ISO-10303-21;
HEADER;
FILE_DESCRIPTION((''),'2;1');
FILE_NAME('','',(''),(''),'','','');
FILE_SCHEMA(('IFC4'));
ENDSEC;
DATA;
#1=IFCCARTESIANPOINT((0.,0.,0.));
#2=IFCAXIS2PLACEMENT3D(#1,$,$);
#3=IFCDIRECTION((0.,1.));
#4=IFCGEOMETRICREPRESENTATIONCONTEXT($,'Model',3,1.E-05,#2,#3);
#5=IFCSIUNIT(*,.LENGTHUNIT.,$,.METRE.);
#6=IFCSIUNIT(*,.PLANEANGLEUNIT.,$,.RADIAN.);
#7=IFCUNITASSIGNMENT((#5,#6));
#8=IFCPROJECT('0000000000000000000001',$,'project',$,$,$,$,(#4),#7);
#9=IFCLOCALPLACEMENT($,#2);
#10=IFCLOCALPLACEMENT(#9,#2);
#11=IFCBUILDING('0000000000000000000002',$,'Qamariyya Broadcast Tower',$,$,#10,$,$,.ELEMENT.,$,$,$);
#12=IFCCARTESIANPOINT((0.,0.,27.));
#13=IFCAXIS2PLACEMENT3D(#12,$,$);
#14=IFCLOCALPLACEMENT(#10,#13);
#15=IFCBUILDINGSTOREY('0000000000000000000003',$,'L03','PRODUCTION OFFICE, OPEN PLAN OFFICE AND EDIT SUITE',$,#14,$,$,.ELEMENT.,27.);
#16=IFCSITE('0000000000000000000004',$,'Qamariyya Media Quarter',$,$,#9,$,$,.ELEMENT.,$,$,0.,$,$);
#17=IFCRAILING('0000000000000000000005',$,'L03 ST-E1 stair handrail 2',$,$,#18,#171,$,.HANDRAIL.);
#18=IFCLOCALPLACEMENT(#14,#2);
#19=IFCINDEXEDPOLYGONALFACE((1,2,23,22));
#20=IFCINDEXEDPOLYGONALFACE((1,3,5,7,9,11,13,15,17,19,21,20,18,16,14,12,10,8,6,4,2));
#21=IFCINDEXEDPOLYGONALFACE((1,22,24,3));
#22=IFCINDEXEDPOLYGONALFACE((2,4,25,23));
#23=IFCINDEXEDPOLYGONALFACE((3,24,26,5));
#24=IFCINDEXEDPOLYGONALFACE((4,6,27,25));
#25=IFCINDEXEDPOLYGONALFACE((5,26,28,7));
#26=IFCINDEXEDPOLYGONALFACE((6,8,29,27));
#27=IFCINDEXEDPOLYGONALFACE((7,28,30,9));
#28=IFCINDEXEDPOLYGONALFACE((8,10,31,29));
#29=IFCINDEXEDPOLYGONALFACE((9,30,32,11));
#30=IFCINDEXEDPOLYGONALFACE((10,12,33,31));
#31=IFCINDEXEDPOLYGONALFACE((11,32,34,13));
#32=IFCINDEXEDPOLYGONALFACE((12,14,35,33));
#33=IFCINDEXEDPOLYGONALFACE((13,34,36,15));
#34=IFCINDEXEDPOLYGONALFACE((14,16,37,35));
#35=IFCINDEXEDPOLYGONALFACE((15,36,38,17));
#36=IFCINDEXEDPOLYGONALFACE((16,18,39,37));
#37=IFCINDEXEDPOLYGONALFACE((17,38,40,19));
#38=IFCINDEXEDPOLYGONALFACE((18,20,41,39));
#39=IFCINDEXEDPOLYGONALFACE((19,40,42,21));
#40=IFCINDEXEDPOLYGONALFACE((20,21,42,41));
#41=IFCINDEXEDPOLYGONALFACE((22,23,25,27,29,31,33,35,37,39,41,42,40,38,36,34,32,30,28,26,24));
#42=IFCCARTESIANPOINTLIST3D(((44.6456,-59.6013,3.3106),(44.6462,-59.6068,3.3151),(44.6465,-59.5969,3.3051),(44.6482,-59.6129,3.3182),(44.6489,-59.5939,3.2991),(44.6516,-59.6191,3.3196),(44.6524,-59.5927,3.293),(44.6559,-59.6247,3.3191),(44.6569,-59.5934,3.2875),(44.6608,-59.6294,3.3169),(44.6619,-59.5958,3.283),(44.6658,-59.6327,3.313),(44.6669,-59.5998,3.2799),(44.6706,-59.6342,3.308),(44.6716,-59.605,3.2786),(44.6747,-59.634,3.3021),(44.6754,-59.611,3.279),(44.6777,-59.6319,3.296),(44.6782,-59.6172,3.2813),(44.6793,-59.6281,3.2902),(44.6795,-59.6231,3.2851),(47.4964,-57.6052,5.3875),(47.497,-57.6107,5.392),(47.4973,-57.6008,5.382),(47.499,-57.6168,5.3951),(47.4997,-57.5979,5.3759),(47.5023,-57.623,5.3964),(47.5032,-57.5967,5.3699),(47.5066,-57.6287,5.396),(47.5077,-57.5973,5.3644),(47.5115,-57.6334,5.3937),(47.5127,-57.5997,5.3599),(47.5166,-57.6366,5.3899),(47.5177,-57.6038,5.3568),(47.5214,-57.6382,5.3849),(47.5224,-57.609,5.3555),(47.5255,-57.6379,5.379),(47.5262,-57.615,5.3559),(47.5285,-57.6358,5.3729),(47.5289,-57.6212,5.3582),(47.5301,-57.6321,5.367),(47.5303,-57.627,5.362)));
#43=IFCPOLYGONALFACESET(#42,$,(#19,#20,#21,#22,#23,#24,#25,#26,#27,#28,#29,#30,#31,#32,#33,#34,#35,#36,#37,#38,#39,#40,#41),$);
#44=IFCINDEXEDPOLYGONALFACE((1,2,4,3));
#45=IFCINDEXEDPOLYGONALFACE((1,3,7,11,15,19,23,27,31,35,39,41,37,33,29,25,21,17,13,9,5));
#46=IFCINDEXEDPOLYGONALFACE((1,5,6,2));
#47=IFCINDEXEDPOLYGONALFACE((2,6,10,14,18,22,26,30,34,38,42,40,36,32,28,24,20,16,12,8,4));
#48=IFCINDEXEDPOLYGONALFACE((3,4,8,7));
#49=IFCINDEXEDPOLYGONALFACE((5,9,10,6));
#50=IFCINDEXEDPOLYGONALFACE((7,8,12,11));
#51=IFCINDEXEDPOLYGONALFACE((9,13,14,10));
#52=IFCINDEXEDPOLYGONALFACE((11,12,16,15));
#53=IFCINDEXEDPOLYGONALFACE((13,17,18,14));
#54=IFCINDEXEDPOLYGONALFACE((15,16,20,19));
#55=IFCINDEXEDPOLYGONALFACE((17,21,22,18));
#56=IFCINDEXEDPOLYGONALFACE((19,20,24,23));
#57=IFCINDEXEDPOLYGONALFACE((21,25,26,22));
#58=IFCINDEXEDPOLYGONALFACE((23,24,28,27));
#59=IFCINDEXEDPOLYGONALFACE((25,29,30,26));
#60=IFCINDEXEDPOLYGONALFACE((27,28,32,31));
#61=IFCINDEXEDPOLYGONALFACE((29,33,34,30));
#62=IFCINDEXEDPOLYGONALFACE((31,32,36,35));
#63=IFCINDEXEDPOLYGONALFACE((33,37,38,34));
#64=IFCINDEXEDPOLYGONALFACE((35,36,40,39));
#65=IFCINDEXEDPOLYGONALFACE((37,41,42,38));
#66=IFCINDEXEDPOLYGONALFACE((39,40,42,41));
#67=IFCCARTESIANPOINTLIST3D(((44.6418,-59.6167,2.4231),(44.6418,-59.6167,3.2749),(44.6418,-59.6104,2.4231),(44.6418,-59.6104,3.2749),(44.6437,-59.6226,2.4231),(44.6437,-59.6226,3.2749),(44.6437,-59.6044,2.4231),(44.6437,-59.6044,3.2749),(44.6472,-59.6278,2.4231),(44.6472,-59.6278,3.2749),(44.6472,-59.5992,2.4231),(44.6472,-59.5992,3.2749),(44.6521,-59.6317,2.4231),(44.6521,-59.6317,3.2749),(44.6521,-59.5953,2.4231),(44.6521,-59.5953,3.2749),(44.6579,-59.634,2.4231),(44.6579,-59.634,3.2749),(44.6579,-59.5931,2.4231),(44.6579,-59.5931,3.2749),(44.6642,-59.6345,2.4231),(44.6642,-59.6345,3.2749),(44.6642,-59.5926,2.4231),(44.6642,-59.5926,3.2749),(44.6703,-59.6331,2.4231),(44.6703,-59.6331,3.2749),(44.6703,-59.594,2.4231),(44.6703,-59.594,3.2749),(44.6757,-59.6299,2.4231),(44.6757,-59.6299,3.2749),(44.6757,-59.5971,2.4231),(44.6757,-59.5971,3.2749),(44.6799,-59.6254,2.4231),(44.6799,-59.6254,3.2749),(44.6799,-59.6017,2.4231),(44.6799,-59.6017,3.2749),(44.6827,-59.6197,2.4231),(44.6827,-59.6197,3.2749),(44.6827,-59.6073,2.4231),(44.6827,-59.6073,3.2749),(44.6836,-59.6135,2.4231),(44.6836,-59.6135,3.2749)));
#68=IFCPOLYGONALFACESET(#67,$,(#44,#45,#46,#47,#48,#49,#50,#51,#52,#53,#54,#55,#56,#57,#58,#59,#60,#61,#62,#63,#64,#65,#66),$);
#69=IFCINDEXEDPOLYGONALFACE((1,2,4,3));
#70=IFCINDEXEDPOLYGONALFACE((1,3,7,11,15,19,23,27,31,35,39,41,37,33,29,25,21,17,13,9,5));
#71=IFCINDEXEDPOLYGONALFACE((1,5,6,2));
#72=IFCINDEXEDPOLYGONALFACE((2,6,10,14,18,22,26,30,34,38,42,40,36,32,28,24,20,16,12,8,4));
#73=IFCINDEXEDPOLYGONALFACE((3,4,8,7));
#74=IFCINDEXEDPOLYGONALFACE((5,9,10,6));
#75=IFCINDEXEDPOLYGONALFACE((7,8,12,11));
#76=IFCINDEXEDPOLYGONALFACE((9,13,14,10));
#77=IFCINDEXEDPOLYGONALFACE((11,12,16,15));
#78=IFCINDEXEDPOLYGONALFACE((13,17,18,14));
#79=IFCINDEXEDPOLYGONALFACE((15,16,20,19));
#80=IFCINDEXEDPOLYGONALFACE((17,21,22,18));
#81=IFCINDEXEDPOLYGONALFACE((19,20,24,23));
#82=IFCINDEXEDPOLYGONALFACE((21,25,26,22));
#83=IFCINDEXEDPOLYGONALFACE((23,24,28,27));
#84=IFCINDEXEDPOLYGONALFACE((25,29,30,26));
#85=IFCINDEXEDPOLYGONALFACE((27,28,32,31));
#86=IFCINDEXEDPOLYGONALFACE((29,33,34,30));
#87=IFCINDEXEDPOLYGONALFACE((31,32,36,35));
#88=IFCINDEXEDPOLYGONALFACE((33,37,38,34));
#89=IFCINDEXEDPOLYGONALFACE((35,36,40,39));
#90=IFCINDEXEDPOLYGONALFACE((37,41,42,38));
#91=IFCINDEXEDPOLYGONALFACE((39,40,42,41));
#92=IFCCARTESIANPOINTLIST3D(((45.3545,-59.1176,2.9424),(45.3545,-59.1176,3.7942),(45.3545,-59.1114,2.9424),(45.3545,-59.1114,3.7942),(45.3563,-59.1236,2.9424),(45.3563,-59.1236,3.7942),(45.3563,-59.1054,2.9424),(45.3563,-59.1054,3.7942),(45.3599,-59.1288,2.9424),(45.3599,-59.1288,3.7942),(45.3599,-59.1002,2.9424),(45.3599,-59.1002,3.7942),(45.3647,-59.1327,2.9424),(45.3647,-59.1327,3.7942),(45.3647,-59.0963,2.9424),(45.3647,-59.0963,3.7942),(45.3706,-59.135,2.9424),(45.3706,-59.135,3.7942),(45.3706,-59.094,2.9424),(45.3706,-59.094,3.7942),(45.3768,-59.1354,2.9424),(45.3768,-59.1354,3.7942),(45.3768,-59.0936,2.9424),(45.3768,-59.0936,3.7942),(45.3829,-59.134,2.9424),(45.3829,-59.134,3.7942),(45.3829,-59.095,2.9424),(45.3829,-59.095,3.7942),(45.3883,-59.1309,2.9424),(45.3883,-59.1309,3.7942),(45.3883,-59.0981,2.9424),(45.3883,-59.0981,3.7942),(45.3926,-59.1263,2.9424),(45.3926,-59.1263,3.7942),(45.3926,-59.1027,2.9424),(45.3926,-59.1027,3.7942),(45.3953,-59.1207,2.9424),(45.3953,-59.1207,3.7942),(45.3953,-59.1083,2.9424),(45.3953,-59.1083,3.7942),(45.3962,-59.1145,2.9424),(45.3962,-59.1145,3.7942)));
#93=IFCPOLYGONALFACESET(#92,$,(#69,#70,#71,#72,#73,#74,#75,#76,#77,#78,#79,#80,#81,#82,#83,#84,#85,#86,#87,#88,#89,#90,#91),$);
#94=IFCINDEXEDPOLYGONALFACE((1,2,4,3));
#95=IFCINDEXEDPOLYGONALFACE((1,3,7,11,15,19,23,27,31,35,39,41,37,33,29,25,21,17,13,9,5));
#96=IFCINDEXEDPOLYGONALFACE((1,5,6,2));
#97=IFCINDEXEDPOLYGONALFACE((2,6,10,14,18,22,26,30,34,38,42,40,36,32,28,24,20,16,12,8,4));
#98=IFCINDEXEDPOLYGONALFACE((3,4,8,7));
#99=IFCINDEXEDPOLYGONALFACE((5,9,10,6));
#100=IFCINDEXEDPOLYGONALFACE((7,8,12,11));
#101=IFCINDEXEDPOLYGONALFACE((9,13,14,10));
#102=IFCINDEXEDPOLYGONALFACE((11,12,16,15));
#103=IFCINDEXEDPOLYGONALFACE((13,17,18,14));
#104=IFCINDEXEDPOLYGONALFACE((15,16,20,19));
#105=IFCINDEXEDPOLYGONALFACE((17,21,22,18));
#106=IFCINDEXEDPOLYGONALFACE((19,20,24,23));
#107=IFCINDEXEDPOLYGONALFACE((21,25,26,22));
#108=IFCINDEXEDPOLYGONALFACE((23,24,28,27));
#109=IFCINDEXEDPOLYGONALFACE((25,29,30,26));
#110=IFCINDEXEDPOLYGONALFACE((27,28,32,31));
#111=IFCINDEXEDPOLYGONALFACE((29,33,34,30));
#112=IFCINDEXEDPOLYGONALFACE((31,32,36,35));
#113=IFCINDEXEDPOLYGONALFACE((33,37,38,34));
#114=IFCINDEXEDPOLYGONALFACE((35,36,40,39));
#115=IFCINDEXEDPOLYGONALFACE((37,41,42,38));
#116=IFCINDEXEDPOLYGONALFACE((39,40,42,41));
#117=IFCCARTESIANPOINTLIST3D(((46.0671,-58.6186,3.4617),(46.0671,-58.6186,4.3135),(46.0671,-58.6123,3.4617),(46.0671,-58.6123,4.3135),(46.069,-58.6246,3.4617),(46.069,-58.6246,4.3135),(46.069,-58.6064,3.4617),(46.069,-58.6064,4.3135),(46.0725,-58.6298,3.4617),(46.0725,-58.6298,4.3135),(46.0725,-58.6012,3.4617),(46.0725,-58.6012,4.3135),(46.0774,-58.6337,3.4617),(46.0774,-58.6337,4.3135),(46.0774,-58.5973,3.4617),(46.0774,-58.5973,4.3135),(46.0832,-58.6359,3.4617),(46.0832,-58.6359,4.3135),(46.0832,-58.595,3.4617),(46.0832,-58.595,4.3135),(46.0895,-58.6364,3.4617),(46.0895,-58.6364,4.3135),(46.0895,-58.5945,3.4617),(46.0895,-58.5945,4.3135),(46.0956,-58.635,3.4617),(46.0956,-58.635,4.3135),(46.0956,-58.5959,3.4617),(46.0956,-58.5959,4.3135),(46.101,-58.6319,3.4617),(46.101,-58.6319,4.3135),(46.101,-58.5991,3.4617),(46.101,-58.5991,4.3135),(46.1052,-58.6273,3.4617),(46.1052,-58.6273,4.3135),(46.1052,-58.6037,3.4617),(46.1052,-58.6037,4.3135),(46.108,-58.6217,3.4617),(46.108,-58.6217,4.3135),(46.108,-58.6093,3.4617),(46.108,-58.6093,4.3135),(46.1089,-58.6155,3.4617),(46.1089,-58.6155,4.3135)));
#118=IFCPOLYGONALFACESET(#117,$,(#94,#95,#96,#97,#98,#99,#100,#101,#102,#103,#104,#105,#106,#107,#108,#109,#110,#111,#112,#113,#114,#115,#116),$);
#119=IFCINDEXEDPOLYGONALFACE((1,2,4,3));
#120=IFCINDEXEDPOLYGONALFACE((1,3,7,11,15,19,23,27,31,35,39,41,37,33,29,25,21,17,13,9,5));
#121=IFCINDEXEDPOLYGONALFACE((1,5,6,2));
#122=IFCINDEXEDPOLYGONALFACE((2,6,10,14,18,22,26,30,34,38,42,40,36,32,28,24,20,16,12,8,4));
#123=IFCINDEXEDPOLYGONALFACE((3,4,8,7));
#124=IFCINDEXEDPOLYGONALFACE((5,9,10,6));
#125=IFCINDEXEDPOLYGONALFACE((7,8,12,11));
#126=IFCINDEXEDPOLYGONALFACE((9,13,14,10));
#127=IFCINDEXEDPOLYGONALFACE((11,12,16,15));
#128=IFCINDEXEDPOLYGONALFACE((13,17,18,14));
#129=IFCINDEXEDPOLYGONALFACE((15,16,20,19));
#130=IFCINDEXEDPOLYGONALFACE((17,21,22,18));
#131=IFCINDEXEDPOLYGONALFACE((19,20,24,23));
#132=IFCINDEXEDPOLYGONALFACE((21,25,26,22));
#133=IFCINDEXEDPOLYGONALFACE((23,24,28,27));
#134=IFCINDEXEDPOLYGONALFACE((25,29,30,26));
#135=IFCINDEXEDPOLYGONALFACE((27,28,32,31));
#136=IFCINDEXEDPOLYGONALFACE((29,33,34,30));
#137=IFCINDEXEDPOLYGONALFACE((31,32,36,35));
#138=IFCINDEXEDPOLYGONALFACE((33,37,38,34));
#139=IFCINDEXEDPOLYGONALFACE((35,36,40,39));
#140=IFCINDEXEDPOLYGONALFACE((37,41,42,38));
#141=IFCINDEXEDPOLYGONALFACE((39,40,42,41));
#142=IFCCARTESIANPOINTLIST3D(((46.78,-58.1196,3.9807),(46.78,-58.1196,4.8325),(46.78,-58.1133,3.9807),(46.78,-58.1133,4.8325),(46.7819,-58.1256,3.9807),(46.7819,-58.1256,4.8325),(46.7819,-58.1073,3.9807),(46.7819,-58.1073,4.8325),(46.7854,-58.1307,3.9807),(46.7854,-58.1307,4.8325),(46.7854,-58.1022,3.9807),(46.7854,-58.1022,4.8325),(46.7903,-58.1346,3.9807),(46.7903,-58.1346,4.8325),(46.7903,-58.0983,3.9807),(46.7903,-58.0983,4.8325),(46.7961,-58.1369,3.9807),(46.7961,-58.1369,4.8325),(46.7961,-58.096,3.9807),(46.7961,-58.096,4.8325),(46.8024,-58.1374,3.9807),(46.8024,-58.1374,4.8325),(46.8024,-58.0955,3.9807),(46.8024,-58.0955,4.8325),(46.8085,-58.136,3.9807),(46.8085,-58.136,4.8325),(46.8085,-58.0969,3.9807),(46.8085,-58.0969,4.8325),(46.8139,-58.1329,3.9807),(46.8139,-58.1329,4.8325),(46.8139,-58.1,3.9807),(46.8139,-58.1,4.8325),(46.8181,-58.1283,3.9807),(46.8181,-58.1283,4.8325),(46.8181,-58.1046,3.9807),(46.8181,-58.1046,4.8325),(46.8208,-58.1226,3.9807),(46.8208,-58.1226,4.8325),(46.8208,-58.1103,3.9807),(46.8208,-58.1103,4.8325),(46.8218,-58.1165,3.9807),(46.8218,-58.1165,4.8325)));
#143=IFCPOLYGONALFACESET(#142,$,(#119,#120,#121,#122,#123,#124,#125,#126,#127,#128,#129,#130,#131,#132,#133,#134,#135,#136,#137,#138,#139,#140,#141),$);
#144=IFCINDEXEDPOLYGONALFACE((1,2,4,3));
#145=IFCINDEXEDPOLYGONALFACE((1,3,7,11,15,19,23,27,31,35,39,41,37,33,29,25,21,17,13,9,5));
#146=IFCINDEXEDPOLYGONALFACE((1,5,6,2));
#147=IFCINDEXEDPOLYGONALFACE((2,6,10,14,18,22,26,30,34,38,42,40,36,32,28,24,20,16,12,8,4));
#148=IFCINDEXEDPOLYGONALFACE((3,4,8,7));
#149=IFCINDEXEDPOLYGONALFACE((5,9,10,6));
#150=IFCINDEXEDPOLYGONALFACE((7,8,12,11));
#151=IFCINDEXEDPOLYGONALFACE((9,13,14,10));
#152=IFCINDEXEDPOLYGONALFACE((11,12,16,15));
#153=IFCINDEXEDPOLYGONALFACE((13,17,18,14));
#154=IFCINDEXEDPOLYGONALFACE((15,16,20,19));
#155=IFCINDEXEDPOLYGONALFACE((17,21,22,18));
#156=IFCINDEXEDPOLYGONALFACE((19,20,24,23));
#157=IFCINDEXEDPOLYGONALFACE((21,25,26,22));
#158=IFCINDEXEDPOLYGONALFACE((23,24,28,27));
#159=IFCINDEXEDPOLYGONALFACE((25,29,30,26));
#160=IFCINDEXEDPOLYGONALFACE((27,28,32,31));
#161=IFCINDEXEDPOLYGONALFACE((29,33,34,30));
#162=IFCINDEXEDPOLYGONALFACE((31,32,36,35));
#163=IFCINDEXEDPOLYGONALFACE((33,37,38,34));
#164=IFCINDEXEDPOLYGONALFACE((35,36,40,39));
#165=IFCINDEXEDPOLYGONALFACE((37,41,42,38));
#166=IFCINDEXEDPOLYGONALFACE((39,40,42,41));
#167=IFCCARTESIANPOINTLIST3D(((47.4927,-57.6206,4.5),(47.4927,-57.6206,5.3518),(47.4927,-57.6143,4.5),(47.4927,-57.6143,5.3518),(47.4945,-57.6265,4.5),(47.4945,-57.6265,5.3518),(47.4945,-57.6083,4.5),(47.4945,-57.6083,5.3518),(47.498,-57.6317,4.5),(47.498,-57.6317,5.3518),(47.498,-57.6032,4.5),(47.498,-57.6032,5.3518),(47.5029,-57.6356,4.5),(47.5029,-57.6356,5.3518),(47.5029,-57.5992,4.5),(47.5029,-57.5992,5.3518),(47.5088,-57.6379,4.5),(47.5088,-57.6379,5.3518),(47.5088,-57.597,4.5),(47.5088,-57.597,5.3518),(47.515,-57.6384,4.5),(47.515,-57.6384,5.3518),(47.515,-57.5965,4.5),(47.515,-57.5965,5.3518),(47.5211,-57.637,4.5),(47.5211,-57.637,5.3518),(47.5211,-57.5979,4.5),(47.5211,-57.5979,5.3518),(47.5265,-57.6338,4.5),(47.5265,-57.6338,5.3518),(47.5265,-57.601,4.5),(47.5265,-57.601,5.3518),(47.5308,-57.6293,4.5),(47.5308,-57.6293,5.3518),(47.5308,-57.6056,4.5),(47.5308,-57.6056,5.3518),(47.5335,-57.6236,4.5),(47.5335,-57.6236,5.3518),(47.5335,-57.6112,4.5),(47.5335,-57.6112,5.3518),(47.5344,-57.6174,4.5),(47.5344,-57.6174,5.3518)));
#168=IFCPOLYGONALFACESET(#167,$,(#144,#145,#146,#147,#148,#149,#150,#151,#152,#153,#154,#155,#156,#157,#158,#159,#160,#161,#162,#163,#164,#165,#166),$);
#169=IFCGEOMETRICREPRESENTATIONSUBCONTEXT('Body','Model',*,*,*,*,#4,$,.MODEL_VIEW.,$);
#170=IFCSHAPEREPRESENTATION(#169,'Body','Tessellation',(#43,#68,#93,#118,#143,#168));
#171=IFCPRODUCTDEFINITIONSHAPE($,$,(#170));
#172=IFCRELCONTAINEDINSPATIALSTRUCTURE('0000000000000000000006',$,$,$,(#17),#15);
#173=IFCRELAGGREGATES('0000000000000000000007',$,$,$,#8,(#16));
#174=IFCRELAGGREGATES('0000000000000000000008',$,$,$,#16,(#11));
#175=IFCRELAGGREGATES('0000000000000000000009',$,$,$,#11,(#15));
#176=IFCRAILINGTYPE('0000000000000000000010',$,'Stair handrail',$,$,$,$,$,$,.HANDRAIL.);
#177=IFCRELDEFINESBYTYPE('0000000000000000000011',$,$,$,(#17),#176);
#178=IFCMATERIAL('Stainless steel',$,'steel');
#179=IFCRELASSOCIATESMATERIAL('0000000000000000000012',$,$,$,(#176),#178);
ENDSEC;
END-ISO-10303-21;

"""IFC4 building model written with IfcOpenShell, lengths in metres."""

from ifc_helpers import new_model, si_unit, direction, frame, origin, origin_2d, place, context, subcontext, project, spatial, circle, extrude, material, type_object, element, save


model = new_model("IFC4")

# Units and contexts
model_context = context("Model", 3, precision=1e-05, world=origin(), true_north=direction((0.0, 1.0)))
body_context = subcontext(model_context, "Body", "Model", "MODEL_VIEW")
ifc_project = project(units=[si_unit("LENGTHUNIT", "METRE"), si_unit("PLANEANGLEUNIT", "RADIAN")], contexts=[model_context])

# Site, building, storey
site_placement = place(None, origin())
site = spatial("IfcSite", under=ifc_project, at=site_placement, Name="Qamariyya Media Quarter", CompositionType="ELEMENT", RefElevation=0.0)
building_placement = place(site_placement, origin())
building = spatial("IfcBuilding", under=site, at=building_placement, Name="Qamariyya Broadcast Tower", CompositionType="ELEMENT")
storey_placement = place(building_placement, frame((0.0, 0.0, 27.0)))
storey = spatial("IfcBuildingStorey", under=building, at=storey_placement, Name="L03", Description="PRODUCTION OFFICE, OPEN PLAN OFFICE AND EDIT SUITE", CompositionType="ELEMENT", Elevation=27.0)

# Railing
ifc_material_1 = material(Name="Stainless steel", Category="steel")
railing_type_1 = type_object("IfcRailingType", Name="Stair handrail", PredefinedType="HANDRAIL", material=ifc_material_1)
railing_1_placement = place(storey_placement, frame((44.6626, -59.6135, 2.4231)))
element("IfcRailing", 1, at=railing_1_placement, inside=storey, type_object=railing_type_1, Name="L03 ST-E1 stair handrail 2", PredefinedType="HANDRAIL", context=body_context, shape_type="SweptSolid", body=[
    extrude(circle(Radius=0.0239, at=origin_2d()), frame((0.0, 0.0, 0.876), z_axis=(0.703423, 0.492523, 0.512462), x_axis=(-0.573561, 0.819163, 0.0)), (0.0, 0.0, 1.0), 4.0527),
    extrude(circle(Radius=0.021, at=origin_2d()), origin(), (0.0, 0.0, 1.0), 0.8518),
    extrude(circle(Radius=0.021, at=origin_2d()), frame((0.7126, 0.499, 0.5193)), (0.0, 0.0, 1.0), 0.8518),
    extrude(circle(Radius=0.021, at=origin_2d()), frame((1.4253, 0.998, 1.0386)), (0.0, 0.0, 1.0), 0.8518),
    extrude(circle(Radius=0.021, at=origin_2d()), frame((2.1382, 1.4971, 1.5576)), (0.0, 0.0, 1.0), 0.8518),
    extrude(circle(Radius=0.021, at=origin_2d()), frame((2.8508, 1.9961, 2.0769)), (0.0, 0.0, 1.0), 0.8518),
])

save(model, "model.ifc")
